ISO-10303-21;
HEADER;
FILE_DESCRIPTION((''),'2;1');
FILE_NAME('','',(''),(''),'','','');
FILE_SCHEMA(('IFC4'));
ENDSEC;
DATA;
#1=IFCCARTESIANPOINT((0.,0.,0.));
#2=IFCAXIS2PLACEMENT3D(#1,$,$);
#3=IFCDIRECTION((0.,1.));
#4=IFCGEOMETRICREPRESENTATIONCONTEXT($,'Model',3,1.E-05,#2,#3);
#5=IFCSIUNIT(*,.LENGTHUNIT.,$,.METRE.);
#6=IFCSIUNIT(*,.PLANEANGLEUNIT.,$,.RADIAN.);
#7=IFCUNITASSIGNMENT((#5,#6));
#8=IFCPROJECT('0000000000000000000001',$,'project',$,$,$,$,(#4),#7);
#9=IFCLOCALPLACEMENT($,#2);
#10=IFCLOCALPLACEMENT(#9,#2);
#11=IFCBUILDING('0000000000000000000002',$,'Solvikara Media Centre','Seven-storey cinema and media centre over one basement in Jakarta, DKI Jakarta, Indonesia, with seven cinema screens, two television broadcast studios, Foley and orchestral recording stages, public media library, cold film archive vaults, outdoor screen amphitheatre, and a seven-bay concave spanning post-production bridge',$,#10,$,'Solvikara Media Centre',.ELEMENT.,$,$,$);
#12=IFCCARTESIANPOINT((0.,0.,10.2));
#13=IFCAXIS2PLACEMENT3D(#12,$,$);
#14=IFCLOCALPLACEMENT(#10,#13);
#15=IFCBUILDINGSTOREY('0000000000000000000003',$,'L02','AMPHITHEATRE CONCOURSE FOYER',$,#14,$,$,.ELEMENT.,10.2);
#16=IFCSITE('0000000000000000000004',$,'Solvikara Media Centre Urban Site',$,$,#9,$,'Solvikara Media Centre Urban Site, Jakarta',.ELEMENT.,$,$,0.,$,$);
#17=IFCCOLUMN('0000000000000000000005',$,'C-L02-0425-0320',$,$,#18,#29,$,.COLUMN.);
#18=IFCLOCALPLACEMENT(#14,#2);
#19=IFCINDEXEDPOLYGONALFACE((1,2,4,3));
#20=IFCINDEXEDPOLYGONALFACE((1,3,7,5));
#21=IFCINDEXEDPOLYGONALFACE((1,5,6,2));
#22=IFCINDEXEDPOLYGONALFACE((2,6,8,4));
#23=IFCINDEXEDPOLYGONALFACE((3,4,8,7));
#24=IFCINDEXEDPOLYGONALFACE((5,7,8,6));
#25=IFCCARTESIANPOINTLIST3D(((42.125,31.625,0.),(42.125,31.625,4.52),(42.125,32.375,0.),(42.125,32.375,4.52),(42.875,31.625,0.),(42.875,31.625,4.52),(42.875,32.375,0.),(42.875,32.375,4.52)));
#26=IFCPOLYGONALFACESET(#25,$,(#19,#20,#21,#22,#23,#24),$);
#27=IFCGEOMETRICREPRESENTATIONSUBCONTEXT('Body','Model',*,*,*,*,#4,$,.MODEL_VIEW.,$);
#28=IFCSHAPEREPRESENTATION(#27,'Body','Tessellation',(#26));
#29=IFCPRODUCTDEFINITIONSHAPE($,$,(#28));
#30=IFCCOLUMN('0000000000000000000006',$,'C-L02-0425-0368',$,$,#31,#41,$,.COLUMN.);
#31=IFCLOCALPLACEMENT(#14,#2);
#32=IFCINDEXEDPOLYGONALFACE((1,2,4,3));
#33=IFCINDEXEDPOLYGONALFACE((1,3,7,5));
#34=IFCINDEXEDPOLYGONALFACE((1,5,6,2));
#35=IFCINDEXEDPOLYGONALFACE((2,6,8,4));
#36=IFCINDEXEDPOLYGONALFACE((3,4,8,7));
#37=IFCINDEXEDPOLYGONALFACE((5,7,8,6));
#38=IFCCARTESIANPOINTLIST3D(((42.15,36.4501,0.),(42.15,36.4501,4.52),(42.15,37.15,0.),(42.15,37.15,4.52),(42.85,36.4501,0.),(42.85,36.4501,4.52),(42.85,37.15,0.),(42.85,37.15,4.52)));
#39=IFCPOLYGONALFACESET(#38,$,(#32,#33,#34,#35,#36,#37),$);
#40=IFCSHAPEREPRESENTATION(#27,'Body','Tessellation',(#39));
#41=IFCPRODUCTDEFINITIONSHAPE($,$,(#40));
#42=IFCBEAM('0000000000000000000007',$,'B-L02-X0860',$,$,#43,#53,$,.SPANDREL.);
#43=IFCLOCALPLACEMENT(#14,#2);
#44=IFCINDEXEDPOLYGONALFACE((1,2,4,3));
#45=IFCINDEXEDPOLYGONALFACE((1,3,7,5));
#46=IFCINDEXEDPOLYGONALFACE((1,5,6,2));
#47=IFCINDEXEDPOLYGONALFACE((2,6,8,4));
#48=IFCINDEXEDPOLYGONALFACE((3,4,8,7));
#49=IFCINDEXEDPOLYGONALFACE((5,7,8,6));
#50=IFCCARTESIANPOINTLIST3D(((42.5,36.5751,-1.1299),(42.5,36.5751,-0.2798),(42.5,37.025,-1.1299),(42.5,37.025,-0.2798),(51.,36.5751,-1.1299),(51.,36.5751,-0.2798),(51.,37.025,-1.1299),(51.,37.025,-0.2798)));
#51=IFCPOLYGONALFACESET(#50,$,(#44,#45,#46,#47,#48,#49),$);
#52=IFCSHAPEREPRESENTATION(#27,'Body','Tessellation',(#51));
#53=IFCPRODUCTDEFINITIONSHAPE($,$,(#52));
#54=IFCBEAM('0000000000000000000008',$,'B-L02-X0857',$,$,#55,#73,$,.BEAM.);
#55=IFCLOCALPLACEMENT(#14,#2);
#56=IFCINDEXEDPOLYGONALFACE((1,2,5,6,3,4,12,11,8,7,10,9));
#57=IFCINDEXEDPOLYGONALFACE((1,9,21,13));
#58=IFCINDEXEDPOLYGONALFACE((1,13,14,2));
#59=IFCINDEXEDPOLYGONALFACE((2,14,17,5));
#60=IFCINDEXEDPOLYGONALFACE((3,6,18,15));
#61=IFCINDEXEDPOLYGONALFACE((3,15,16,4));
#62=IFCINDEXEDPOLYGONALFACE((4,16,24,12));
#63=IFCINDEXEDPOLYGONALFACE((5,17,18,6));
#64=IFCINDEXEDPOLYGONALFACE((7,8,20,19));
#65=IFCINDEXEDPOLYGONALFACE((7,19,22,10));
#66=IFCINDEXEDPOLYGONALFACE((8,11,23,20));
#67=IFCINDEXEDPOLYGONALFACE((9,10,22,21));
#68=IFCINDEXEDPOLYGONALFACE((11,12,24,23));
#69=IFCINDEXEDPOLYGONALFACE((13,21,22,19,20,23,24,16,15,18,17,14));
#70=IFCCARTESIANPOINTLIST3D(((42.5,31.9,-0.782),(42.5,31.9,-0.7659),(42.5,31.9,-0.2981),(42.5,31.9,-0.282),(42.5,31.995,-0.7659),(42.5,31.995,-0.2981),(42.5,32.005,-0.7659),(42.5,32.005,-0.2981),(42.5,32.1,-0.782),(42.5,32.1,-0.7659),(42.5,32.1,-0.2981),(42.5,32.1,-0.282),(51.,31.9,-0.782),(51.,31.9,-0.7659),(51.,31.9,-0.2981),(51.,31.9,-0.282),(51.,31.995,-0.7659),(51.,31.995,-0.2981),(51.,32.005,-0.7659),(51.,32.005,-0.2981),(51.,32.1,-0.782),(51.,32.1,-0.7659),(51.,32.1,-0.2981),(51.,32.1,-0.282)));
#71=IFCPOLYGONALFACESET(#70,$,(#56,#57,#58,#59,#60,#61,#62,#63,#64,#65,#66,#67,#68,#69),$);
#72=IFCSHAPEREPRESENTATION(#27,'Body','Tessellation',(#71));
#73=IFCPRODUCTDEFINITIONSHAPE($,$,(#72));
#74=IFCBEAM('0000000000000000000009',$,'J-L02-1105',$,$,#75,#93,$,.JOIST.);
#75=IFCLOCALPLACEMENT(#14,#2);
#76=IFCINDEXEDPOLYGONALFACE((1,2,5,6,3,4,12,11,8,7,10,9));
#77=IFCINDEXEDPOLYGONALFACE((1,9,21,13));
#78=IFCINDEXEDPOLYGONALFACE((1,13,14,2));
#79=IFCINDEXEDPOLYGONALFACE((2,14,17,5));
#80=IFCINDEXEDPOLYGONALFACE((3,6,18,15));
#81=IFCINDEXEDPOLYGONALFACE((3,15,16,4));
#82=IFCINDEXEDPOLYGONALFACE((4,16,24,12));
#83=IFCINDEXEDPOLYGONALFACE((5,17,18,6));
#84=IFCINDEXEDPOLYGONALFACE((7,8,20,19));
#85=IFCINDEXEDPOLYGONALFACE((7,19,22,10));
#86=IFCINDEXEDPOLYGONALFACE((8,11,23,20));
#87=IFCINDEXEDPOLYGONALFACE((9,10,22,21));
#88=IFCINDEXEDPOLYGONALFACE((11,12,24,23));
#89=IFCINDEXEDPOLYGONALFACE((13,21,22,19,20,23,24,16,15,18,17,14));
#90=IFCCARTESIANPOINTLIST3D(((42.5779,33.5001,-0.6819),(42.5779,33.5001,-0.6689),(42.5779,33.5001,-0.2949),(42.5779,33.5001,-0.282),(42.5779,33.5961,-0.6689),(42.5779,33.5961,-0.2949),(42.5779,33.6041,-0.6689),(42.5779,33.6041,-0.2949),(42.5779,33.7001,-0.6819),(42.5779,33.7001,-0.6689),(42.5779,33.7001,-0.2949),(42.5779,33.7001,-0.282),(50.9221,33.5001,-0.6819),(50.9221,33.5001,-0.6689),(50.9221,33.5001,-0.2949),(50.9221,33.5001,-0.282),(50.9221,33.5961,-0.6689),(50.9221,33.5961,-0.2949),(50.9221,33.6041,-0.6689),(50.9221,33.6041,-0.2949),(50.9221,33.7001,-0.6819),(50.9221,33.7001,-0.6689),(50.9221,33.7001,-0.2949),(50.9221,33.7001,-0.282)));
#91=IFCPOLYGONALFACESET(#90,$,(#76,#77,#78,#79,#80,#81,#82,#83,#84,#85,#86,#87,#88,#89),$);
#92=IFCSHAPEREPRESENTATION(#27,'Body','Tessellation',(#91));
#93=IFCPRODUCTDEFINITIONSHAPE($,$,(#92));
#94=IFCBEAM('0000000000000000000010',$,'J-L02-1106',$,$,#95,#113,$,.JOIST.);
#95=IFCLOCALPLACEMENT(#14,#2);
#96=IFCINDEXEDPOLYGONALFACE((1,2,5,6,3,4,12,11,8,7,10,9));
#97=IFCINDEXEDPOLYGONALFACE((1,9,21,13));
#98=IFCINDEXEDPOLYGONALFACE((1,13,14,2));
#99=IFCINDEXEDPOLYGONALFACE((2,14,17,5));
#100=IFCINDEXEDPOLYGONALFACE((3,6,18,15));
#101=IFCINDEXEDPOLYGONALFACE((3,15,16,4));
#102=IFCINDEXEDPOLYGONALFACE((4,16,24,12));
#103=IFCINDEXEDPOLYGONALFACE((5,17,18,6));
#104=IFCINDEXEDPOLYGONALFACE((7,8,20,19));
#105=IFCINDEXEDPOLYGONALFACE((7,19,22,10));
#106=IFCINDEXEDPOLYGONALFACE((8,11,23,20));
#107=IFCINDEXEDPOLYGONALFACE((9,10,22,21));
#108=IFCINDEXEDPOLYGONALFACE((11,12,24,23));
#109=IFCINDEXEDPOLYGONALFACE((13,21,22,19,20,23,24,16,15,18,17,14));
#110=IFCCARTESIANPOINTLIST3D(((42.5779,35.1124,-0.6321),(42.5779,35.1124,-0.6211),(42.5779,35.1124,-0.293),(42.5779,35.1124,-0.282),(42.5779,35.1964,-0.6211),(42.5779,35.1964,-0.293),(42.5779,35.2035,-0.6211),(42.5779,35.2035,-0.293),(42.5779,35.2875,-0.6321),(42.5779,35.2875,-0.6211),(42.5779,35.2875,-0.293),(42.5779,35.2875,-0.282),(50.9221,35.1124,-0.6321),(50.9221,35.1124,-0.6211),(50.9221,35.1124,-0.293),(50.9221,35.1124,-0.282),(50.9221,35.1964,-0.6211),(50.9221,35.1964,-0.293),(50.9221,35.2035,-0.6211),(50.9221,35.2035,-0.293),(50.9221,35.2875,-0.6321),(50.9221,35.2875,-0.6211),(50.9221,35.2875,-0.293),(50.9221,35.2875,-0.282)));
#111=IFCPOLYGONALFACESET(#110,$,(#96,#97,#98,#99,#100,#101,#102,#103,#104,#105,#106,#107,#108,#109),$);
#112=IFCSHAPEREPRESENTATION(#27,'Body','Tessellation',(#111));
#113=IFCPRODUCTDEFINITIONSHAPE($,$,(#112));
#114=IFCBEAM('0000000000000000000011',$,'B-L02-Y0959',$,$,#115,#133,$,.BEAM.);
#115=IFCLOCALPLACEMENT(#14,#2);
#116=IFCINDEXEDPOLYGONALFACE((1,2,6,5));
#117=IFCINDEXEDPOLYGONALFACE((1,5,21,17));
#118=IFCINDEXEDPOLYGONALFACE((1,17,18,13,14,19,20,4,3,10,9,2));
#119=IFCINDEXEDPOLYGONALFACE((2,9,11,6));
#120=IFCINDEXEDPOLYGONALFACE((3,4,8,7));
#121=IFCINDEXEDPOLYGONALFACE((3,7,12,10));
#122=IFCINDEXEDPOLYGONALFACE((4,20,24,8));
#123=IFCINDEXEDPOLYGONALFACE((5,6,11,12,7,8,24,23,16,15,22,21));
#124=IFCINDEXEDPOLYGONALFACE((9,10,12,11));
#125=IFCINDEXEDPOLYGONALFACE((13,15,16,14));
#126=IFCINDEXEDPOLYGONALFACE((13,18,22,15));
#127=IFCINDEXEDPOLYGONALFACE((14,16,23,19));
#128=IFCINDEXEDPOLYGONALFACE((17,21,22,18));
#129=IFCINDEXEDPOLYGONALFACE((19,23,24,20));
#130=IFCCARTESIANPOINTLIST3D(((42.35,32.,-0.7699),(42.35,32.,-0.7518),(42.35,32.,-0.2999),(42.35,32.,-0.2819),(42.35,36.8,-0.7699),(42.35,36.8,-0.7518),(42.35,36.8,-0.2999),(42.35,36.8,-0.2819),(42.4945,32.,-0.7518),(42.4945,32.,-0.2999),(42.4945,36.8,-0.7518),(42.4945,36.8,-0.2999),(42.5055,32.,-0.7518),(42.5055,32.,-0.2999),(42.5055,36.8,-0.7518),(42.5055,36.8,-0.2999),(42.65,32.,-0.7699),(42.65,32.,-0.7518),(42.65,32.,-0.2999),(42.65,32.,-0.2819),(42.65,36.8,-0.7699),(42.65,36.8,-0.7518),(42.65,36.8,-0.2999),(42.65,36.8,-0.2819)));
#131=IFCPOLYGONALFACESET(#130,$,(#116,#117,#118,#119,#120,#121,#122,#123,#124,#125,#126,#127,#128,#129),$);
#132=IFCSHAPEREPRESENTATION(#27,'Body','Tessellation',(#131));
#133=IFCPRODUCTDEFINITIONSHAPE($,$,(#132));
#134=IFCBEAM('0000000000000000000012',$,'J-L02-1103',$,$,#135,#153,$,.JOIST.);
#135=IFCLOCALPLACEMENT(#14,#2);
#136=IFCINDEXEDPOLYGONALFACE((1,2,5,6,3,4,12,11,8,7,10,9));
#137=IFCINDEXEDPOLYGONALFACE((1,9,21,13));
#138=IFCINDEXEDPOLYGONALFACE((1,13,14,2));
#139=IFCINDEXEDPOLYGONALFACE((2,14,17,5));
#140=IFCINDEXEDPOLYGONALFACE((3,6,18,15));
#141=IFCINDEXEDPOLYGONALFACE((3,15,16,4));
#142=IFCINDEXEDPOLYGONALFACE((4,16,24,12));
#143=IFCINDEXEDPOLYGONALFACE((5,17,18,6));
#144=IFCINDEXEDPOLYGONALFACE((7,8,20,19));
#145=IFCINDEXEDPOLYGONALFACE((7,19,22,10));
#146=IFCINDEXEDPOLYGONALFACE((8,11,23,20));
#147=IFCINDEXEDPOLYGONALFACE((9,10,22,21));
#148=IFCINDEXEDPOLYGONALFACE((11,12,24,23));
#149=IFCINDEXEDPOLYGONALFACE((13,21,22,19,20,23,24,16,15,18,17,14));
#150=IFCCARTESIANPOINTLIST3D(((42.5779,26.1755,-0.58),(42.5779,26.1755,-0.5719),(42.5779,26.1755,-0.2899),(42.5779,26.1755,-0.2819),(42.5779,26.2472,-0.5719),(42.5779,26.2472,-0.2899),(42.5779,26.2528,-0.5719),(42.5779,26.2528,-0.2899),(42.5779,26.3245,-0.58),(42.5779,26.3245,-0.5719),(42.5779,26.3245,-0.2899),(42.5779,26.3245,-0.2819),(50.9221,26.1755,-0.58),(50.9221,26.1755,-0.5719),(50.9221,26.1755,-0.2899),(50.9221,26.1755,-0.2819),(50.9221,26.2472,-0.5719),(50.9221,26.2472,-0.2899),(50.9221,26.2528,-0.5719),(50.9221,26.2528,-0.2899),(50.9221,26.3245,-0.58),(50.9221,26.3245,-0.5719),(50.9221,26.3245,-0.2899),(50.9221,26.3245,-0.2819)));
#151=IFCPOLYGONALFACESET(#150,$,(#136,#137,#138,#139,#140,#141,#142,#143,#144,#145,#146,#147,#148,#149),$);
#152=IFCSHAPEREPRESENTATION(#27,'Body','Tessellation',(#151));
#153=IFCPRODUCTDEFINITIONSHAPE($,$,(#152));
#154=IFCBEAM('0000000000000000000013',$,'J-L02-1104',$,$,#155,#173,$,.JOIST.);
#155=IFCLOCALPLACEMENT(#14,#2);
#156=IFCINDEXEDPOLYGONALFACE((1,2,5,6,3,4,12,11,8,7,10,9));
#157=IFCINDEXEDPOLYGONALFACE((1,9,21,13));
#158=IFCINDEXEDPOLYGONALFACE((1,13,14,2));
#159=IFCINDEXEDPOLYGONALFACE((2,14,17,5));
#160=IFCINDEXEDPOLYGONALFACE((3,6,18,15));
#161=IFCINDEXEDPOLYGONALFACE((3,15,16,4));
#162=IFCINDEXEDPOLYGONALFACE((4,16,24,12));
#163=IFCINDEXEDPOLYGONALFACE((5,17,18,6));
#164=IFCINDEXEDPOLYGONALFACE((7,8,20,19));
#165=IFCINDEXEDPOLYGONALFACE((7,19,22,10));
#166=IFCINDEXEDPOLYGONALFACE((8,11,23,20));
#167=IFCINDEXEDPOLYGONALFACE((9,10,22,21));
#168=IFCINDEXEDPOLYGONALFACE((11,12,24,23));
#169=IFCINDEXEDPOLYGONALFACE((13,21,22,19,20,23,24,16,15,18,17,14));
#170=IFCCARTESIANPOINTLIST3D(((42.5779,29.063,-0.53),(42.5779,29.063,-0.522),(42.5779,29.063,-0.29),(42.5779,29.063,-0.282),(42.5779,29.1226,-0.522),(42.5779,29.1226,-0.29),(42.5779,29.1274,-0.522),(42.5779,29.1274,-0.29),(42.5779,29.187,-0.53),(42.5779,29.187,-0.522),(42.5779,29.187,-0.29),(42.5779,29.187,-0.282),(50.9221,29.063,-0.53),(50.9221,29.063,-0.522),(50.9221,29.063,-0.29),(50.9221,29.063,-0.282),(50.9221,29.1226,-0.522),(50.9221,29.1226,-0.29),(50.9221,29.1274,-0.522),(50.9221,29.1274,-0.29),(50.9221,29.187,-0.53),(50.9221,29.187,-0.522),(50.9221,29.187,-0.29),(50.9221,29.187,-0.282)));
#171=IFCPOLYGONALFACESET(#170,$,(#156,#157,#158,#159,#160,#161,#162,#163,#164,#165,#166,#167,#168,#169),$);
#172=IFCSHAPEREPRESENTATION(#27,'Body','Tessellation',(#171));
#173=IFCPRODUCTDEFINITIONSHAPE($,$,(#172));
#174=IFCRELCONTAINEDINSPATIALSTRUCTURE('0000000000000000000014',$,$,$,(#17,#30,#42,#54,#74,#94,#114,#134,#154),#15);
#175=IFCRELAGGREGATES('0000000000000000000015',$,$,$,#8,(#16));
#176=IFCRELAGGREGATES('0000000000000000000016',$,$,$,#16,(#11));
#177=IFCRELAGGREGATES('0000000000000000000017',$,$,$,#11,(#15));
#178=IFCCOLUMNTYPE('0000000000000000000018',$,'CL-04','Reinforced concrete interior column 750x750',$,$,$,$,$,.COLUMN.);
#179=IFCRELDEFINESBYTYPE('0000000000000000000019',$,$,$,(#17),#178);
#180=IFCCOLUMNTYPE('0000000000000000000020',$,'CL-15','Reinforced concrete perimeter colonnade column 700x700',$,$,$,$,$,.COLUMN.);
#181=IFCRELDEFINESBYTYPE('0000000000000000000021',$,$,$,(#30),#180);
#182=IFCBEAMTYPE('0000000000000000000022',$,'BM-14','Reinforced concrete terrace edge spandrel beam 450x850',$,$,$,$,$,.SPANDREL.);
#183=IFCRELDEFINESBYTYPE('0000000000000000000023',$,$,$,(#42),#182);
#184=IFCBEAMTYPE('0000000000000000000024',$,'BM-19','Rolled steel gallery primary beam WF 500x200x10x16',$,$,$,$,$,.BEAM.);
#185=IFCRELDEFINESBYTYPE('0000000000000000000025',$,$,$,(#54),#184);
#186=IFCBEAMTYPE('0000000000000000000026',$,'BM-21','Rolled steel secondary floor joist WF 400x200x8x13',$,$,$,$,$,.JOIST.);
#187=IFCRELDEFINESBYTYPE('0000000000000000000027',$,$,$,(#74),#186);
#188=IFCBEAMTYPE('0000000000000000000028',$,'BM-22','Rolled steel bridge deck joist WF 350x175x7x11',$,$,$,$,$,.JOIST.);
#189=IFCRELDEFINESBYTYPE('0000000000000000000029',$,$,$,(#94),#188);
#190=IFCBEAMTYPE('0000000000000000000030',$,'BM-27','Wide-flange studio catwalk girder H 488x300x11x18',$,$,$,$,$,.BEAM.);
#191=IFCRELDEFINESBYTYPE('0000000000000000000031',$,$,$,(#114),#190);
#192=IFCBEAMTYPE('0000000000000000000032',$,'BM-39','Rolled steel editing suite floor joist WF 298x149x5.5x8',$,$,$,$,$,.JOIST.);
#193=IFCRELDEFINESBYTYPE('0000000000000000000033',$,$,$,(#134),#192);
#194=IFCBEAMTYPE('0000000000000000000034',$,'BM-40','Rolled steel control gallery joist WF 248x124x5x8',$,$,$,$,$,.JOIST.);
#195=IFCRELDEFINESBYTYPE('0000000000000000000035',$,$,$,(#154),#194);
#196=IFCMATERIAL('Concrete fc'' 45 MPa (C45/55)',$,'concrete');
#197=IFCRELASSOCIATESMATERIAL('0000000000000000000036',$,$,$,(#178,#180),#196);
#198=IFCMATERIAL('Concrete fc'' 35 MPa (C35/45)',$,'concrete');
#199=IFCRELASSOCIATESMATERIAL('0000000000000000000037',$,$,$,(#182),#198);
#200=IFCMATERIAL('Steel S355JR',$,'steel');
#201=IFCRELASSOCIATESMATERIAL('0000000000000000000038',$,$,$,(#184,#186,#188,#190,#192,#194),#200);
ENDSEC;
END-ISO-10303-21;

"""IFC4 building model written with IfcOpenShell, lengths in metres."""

from ifc_helpers import new_model, si_unit, direction, frame, origin, origin_2d, place, context, subcontext, project, spatial, rectangle, i_section, extrude, material, material_profile, profile_set, type_object, element, save


model = new_model("IFC4")

# Units and contexts
model_context = context("Model", 3, precision=1e-05, world=origin(), true_north=direction((0.0, 1.0)))
body_context = subcontext(model_context, "Body", "Model", "MODEL_VIEW")
ifc_project = project(units=[si_unit("LENGTHUNIT", "METRE"), si_unit("PLANEANGLEUNIT", "RADIAN")], contexts=[model_context])

# Site, building, storey
site_placement = place(None, origin())
site = spatial("IfcSite", under=ifc_project, at=site_placement, Name="Solvikara Media Centre Urban Site", LongName="Solvikara Media Centre Urban Site, Jakarta", CompositionType="ELEMENT", RefElevation=0.0)
building_placement = place(site_placement, origin())
building = spatial("IfcBuilding", under=site, at=building_placement, Name="Solvikara Media Centre", Description="Seven-storey cinema and media centre over one basement in Jakarta, DKI Jakarta, Indonesia, with seven cinema screens, two television broadcast studios, Foley and orchestral recording stages, public media library, cold film archive vaults, outdoor screen amphitheatre, and a seven-bay concave spanning post-production bridge", LongName="Solvikara Media Centre", CompositionType="ELEMENT")
storey_placement = place(building_placement, frame((0.0, 0.0, 10.2)))
storey = spatial("IfcBuildingStorey", under=building, at=storey_placement, Name="L02", Description="AMPHITHEATRE CONCOURSE FOYER", CompositionType="ELEMENT", Elevation=10.2)

# Columns
ifc_material_1 = material(Name="Concrete fc' 45 MPa (C45/55)", Category="concrete")
ifc_material_profile_1 = material_profile(ifc_material_1, rectangle(XDim=0.75, YDim=0.75, at=origin_2d()), Name="RC 750x750")
ifc_profile_set_1 = profile_set([ifc_material_profile_1], Name="Concrete fc' 45 MPa (C45/55)")
column_type_1 = type_object("IfcColumnType", Name="CL-04", Description="Reinforced concrete interior column 750x750", PredefinedType="COLUMN", material=ifc_profile_set_1)
column_1_placement = place(storey_placement, frame((42.5, 32.0, 0.0), z_axis=(0.0, 0.0, 1.0), x_axis=(1.0, 0.0, 0.0)))
element("IfcColumn", 1, at=column_1_placement, inside=storey, type_object=column_type_1, Name="C-L02-0425-0320", PredefinedType="COLUMN", context=body_context, shape_type="SweptSolid", body=[
    extrude(rectangle(XDim=0.75, YDim=0.75, at=origin_2d()), origin(), (0.0, 0.0, 1.0), 4.52),
])
ifc_material_profile_2 = material_profile(ifc_material_1, rectangle(XDim=0.7, YDim=0.7, at=origin_2d()), Name="RC 700x700")
ifc_profile_set_2 = profile_set([ifc_material_profile_2], Name="Concrete fc' 45 MPa (C45/55)")
column_type_2 = type_object("IfcColumnType", Name="CL-15", Description="Reinforced concrete perimeter colonnade column 700x700", PredefinedType="COLUMN", material=ifc_profile_set_2)
column_2_placement = place(storey_placement, frame((42.5, 36.8, 0.0), z_axis=(0.0, 0.0, 1.0), x_axis=(1.0, 0.0, 0.0)))
element("IfcColumn", 2, at=column_2_placement, inside=storey, type_object=column_type_2, Name="C-L02-0425-0368", PredefinedType="COLUMN", context=body_context, shape_type="SweptSolid", body=[
    extrude(rectangle(XDim=0.7, YDim=0.7, at=origin_2d()), origin(), (0.0, 0.0, 1.0), 4.52),
])

# Beams
ifc_material_2 = material(Name="Concrete fc' 35 MPa (C35/45)", Category="concrete")
ifc_material_profile_3 = material_profile(ifc_material_2, rectangle(XDim=0.45, YDim=0.8501, at=origin_2d()), Name="RC 450x850")
ifc_profile_set_3 = profile_set([ifc_material_profile_3], Name="Concrete fc' 35 MPa (C35/45)")
beam_type_1 = type_object("IfcBeamType", Name="BM-14", Description="Reinforced concrete terrace edge spandrel beam 450x850", PredefinedType="SPANDREL", material=ifc_profile_set_3)
beam_1_placement = place(storey_placement, frame((42.5, 36.8, -0.7048), z_axis=(1.0, 0.0, 0.0), x_axis=(0.0, 1.0, 0.0)))
element("IfcBeam", 3, at=beam_1_placement, inside=storey, type_object=beam_type_1, Name="B-L02-X0860", PredefinedType="SPANDREL", context=body_context, shape_type="SweptSolid", body=[
    extrude(rectangle(XDim=0.45, YDim=0.8501, at=origin_2d()), origin(), (0.0, 0.0, 1.0), 8.5),
])
ifc_material_3 = material(Name="Steel S355JR", Category="steel")
ifc_material_profile_4 = material_profile(ifc_material_3, i_section(OverallWidth=0.2, OverallDepth=0.5, WebThickness=0.01, FlangeThickness=0.0161, at=origin_2d()), Name="WF 500x200x10x16")
ifc_profile_set_4 = profile_set([ifc_material_profile_4], Name="Steel S355JR")
beam_type_2 = type_object("IfcBeamType", Name="BM-19", Description="Rolled steel gallery primary beam WF 500x200x10x16", PredefinedType="BEAM", material=ifc_profile_set_4)
beam_2_placement = place(storey_placement, frame((42.5, 32.0, -0.532), z_axis=(1.0, 0.0, 0.0), x_axis=(0.0, 1.0, 0.0)))
element("IfcBeam", 4, at=beam_2_placement, inside=storey, type_object=beam_type_2, Name="B-L02-X0857", PredefinedType="BEAM", context=body_context, shape_type="SweptSolid", body=[
    extrude(i_section(OverallWidth=0.2, OverallDepth=0.5, WebThickness=0.01, FlangeThickness=0.0161, at=origin_2d()), origin(), (0.0, 0.0, 1.0), 8.5),
])
ifc_material_profile_5 = material_profile(ifc_material_3, i_section(OverallWidth=0.2, OverallDepth=0.3999, WebThickness=0.0081, FlangeThickness=0.0129, at=origin_2d()), Name="WF 400x200x8x13")
ifc_profile_set_5 = profile_set([ifc_material_profile_5], Name="Steel S355JR")
beam_type_3 = type_object("IfcBeamType", Name="BM-21", Description="Rolled steel secondary floor joist WF 400x200x8x13", PredefinedType="JOIST", material=ifc_profile_set_5)
beam_3_placement = place(storey_placement, frame((42.5779, 33.6001, -0.4819), z_axis=(1.0, 0.0, 0.0), x_axis=(0.0, 1.0, 0.0)))
element("IfcBeam", 5, at=beam_3_placement, inside=storey, type_object=beam_type_3, Name="J-L02-1105", PredefinedType="JOIST", context=body_context, shape_type="SweptSolid", body=[
    extrude(i_section(OverallWidth=0.2, OverallDepth=0.3999, WebThickness=0.0081, FlangeThickness=0.0129, at=origin_2d()), origin(), (0.0, 0.0, 1.0), 8.3442),
])
ifc_material_profile_6 = material_profile(ifc_material_3, i_section(OverallWidth=0.175, OverallDepth=0.3501, WebThickness=0.0071, FlangeThickness=0.011, at=origin_2d()), Name="WF 350x175x7x11")
ifc_profile_set_6 = profile_set([ifc_material_profile_6], Name="Steel S355JR")
beam_type_4 = type_object("IfcBeamType", Name="BM-22", Description="Rolled steel bridge deck joist WF 350x175x7x11", PredefinedType="JOIST", material=ifc_profile_set_6)
beam_4_placement = place(storey_placement, frame((42.5779, 35.2, -0.457), z_axis=(1.0, 0.0, 0.0), x_axis=(0.0, 1.0, 0.0)))
element("IfcBeam", 6, at=beam_4_placement, inside=storey, type_object=beam_type_4, Name="J-L02-1106", PredefinedType="JOIST", context=body_context, shape_type="SweptSolid", body=[
    extrude(i_section(OverallWidth=0.175, OverallDepth=0.3501, WebThickness=0.0071, FlangeThickness=0.011, at=origin_2d()), origin(), (0.0, 0.0, 1.0), 8.3442),
])
ifc_material_profile_7 = material_profile(ifc_material_3, i_section(OverallWidth=0.3, OverallDepth=0.488, WebThickness=0.011, FlangeThickness=0.0181, at=origin_2d()), Name="H 488x300x11x18")
ifc_profile_set_7 = profile_set([ifc_material_profile_7], Name="Steel S355JR")
beam_type_5 = type_object("IfcBeamType", Name="BM-27", Description="Wide-flange studio catwalk girder H 488x300x11x18", PredefinedType="BEAM", material=ifc_profile_set_7)
beam_5_placement = place(storey_placement, frame((42.5, 32.0, -0.5259), z_axis=(0.0, 1.0, 0.0), x_axis=(-1.0, 0.0, 0.0)))
element("IfcBeam", 7, at=beam_5_placement, inside=storey, type_object=beam_type_5, Name="B-L02-Y0959", PredefinedType="BEAM", context=body_context, shape_type="SweptSolid", body=[
    extrude(i_section(OverallWidth=0.3, OverallDepth=0.488, WebThickness=0.011, FlangeThickness=0.0181, at=origin_2d()), origin(), (0.0, 0.0, 1.0), 4.8),
])
ifc_material_profile_8 = material_profile(ifc_material_3, i_section(OverallWidth=0.1489, OverallDepth=0.2981, WebThickness=0.0056, FlangeThickness=0.0081, at=origin_2d()), Name="WF 298x149x5.5x8")
ifc_profile_set_8 = profile_set([ifc_material_profile_8], Name="Steel S355JR")
beam_type_6 = type_object("IfcBeamType", Name="BM-39", Description="Rolled steel editing suite floor joist WF 298x149x5.5x8", PredefinedType="JOIST", material=ifc_profile_set_8)
beam_6_placement = place(storey_placement, frame((42.5779, 26.25, -0.4309), z_axis=(1.0, 0.0, 0.0), x_axis=(0.0, 1.0, 0.0)))
element("IfcBeam", 8, at=beam_6_placement, inside=storey, type_object=beam_type_6, Name="J-L02-1103", PredefinedType="JOIST", context=body_context, shape_type="SweptSolid", body=[
    extrude(i_section(OverallWidth=0.1489, OverallDepth=0.2981, WebThickness=0.0056, FlangeThickness=0.0081, at=origin_2d()), origin(), (0.0, 0.0, 1.0), 8.3442),
])
ifc_material_profile_9 = material_profile(ifc_material_3, i_section(OverallWidth=0.124, OverallDepth=0.248, WebThickness=0.0049, FlangeThickness=0.0081, at=origin_2d()), Name="WF 248x124x5x8")
ifc_profile_set_9 = profile_set([ifc_material_profile_9], Name="Steel S355JR")
beam_type_7 = type_object("IfcBeamType", Name="BM-40", Description="Rolled steel control gallery joist WF 248x124x5x8", PredefinedType="JOIST", material=ifc_profile_set_9)
beam_7_placement = place(storey_placement, frame((42.5779, 29.125, -0.406), z_axis=(1.0, 0.0, 0.0), x_axis=(0.0, 1.0, 0.0)))
element("IfcBeam", 9, at=beam_7_placement, inside=storey, type_object=beam_type_7, Name="J-L02-1104", PredefinedType="JOIST", context=body_context, shape_type="SweptSolid", body=[
    extrude(i_section(OverallWidth=0.124, OverallDepth=0.248, WebThickness=0.0049, FlangeThickness=0.0081, at=origin_2d()), origin(), (0.0, 0.0, 1.0), 8.3442),
])

save(model, "model.ifc")
